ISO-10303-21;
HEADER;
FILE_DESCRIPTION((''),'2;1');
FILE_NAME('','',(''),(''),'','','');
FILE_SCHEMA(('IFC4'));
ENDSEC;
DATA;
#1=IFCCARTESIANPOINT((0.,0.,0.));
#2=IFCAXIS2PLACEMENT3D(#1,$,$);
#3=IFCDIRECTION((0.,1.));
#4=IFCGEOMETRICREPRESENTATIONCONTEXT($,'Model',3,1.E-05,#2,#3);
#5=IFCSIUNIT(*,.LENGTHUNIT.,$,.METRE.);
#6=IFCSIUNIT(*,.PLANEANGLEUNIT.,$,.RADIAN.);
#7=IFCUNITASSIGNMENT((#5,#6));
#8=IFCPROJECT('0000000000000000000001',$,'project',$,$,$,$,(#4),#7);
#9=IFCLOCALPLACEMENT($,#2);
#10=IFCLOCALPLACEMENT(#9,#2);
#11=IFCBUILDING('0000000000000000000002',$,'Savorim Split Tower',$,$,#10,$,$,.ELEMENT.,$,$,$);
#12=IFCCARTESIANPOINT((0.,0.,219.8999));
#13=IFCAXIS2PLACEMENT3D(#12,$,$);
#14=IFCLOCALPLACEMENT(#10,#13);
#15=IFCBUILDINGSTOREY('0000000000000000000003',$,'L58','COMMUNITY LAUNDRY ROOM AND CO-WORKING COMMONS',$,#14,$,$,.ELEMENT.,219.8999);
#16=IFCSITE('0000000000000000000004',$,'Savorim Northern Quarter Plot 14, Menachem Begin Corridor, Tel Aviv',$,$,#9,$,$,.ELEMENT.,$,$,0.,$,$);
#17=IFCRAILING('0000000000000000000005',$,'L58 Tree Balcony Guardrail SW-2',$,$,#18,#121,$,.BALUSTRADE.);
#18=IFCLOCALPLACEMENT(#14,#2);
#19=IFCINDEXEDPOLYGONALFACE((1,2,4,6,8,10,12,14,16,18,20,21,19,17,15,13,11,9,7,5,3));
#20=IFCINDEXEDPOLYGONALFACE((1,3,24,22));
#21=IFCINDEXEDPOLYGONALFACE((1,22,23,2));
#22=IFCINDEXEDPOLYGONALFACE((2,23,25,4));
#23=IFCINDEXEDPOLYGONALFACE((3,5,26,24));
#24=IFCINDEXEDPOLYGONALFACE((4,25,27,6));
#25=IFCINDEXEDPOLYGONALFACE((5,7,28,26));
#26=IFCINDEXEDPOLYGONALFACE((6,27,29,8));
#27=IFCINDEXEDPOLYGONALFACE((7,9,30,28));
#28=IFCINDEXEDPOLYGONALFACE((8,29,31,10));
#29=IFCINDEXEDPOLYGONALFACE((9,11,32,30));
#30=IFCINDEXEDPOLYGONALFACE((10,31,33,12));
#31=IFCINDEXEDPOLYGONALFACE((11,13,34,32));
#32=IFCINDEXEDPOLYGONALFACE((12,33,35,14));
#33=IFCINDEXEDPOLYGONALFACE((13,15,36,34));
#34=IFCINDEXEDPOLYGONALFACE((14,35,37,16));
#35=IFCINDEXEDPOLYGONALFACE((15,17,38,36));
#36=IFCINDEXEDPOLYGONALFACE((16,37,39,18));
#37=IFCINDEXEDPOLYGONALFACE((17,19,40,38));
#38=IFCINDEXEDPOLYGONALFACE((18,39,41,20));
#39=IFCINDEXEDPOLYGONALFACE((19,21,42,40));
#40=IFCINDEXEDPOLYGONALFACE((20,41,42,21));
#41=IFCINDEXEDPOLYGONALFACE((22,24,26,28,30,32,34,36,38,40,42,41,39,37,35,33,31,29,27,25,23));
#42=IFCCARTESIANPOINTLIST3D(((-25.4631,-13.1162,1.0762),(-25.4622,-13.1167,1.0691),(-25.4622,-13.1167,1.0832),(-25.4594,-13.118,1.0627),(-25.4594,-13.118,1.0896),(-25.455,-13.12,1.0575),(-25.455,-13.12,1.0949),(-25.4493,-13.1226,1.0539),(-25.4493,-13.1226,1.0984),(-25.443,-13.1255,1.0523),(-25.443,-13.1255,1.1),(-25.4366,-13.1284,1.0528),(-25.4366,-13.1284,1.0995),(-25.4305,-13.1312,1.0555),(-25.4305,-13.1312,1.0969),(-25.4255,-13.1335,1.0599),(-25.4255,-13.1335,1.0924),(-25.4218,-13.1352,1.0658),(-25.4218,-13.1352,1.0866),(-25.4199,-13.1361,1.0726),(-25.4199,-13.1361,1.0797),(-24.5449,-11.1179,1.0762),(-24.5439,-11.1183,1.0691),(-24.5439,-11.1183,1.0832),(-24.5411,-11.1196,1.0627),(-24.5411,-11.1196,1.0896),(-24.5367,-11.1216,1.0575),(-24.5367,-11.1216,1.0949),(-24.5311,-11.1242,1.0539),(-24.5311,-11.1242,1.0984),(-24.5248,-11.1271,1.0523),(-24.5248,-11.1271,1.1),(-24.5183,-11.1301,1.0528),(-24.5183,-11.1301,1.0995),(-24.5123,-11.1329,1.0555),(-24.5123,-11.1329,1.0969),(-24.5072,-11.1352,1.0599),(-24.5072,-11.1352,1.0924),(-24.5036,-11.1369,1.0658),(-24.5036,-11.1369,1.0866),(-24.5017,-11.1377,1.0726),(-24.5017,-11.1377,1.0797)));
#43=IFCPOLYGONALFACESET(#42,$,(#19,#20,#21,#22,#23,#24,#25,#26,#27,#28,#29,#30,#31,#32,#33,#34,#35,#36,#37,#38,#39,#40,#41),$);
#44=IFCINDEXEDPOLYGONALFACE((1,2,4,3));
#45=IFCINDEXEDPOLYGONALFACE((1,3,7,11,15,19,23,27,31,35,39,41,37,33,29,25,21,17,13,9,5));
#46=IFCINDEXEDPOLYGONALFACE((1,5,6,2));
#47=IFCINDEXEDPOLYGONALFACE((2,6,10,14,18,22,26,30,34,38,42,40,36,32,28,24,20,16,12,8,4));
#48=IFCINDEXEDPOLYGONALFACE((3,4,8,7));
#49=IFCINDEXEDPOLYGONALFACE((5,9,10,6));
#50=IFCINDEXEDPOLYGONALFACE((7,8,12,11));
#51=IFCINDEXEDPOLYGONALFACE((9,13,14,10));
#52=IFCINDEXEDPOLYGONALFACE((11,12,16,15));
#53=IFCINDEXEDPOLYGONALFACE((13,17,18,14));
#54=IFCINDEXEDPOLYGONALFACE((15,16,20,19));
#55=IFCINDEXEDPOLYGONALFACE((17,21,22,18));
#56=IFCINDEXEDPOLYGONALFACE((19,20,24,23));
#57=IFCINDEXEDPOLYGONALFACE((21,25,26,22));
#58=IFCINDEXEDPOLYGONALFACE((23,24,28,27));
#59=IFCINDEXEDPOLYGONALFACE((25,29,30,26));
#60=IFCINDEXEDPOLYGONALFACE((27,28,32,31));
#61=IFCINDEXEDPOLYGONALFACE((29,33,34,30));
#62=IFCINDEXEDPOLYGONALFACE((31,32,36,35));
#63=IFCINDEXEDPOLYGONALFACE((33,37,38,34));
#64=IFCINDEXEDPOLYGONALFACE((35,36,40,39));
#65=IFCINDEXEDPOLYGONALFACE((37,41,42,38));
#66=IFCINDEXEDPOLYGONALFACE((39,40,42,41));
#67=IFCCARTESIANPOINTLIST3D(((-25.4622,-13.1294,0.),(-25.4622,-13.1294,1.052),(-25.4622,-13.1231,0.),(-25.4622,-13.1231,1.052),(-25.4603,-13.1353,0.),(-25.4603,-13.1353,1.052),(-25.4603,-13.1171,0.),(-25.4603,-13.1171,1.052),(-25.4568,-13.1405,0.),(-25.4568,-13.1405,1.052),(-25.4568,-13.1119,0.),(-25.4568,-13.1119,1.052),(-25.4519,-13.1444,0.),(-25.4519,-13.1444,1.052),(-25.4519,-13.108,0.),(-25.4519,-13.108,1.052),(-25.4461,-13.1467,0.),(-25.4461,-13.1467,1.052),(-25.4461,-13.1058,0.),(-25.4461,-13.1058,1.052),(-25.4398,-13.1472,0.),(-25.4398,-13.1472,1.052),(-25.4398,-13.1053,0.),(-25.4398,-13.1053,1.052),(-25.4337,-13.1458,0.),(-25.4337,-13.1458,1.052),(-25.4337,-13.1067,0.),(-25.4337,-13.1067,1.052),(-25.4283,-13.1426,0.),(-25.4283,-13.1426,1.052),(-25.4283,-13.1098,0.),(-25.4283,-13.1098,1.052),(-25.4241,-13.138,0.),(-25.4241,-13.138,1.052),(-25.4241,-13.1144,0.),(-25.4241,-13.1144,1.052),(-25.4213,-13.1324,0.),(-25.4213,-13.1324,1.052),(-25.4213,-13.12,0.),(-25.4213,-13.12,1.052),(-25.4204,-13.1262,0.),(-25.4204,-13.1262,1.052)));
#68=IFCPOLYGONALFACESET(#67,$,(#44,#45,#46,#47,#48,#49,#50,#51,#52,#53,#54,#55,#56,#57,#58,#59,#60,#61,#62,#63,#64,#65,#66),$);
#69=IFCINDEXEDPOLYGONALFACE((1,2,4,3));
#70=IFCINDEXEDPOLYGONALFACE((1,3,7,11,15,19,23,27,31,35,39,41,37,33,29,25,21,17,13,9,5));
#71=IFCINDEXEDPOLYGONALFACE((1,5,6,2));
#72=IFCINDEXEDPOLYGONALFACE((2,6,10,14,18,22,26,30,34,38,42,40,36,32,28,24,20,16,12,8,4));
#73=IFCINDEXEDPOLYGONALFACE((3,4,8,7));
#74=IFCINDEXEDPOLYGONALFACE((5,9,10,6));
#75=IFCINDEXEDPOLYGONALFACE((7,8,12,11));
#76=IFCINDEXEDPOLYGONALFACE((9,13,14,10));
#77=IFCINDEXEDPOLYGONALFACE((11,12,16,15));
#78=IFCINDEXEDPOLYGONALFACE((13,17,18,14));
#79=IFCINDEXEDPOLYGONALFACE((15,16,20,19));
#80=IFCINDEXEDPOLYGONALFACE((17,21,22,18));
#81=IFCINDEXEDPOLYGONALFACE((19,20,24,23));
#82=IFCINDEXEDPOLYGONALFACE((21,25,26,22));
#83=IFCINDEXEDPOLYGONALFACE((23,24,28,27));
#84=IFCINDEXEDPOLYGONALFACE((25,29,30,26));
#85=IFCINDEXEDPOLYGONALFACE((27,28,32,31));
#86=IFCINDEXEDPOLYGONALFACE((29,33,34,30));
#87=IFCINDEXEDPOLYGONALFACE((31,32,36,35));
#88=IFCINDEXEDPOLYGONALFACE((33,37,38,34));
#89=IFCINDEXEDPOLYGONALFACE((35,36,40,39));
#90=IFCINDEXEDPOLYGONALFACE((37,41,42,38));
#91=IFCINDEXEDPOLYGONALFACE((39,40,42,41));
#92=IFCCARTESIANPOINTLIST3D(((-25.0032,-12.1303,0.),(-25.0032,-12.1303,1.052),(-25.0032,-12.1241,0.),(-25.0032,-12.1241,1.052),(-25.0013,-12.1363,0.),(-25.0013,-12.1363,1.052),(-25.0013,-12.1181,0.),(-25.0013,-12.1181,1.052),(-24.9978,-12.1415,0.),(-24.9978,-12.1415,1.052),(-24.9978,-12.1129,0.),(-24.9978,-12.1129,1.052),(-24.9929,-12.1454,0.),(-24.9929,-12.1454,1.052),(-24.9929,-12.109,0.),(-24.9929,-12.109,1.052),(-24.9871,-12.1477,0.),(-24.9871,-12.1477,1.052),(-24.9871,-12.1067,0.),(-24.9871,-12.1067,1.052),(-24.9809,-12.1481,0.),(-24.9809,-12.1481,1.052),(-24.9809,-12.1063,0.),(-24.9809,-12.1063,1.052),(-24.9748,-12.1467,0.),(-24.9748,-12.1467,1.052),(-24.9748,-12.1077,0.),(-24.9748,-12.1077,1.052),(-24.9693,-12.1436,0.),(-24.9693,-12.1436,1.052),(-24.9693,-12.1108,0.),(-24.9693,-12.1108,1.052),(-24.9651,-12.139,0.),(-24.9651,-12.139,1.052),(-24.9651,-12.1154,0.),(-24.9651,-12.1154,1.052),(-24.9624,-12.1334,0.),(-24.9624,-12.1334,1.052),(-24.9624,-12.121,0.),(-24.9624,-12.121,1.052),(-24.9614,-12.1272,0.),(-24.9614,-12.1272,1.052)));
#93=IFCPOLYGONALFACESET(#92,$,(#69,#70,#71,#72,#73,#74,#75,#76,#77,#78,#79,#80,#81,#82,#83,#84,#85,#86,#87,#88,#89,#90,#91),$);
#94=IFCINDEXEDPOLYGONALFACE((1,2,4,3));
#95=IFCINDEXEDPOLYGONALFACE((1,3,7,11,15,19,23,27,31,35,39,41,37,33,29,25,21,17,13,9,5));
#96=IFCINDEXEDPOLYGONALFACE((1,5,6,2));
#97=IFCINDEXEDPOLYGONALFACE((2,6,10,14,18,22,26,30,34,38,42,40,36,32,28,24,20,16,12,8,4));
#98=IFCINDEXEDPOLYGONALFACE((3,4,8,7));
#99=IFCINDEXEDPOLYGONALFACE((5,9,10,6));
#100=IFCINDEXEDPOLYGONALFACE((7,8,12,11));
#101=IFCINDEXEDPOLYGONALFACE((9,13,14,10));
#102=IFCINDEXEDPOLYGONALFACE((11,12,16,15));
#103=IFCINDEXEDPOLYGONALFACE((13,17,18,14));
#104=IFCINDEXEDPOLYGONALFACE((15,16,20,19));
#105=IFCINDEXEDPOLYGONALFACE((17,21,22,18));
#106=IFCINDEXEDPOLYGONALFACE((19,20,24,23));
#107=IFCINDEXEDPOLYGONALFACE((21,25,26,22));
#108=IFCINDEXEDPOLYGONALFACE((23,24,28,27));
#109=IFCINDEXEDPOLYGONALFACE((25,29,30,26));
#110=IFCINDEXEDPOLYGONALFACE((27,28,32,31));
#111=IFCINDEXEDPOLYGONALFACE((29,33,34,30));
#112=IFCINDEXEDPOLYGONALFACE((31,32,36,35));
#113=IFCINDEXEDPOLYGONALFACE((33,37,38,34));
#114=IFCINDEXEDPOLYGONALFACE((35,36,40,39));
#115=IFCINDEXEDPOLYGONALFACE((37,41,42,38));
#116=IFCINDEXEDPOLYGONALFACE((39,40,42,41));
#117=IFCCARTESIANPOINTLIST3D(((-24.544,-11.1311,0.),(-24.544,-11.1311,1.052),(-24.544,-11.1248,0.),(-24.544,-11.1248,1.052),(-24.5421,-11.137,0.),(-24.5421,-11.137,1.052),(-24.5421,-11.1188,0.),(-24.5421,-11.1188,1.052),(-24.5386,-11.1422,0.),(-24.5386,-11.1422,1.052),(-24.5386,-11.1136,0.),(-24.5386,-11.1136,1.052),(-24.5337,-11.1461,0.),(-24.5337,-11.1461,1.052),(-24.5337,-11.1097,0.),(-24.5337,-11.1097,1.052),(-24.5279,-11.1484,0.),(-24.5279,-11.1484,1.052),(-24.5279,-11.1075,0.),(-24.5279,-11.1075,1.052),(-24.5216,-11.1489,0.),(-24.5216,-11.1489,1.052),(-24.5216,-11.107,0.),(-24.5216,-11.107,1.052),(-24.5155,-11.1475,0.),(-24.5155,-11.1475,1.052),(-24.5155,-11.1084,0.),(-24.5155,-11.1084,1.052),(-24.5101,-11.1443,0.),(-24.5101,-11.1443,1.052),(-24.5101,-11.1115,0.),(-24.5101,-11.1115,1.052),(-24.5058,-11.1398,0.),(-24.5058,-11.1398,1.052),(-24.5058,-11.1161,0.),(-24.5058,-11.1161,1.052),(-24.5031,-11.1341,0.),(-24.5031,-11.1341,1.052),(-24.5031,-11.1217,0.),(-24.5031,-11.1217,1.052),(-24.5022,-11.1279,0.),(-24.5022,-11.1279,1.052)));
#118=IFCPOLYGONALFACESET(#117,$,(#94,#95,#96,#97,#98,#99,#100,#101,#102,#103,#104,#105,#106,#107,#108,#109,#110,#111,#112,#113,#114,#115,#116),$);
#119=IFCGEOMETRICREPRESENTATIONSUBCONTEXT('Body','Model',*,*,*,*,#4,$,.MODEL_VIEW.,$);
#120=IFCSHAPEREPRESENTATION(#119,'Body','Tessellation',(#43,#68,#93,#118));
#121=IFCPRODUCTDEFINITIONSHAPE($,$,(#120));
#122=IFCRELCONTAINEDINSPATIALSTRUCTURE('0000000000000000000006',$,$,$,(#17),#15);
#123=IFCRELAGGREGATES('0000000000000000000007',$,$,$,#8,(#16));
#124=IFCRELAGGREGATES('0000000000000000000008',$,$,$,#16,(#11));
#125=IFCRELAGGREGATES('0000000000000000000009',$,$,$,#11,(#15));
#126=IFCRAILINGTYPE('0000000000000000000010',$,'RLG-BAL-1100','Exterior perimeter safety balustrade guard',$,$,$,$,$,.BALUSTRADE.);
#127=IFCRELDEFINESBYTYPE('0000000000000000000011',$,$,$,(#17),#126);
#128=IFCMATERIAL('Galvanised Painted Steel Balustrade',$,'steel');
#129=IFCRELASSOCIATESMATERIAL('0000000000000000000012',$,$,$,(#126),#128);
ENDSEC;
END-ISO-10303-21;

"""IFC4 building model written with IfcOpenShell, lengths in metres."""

from ifc_helpers import new_model, si_unit, direction, frame, origin, origin_2d, place, context, subcontext, project, spatial, circle, extrude, material, type_object, element, save


model = new_model("IFC4")

# Units and contexts
model_context = context("Model", 3, precision=1e-05, world=origin(), true_north=direction((0.0, 1.0)))
body_context = subcontext(model_context, "Body", "Model", "MODEL_VIEW")
ifc_project = project(units=[si_unit("LENGTHUNIT", "METRE"), si_unit("PLANEANGLEUNIT", "RADIAN")], contexts=[model_context])

# Site, building, storey
site_placement = place(None, origin())
site = spatial("IfcSite", under=ifc_project, at=site_placement, Name="Savorim Northern Quarter Plot 14, Menachem Begin Corridor, Tel Aviv", CompositionType="ELEMENT", RefElevation=0.0)
building_placement = place(site_placement, origin())
building = spatial("IfcBuilding", under=site, at=building_placement, Name="Savorim Split Tower", CompositionType="ELEMENT")
storey_placement = place(building_placement, frame((0.0, 0.0, 219.8999)))
storey = spatial("IfcBuildingStorey", under=building, at=storey_placement, Name="L58", Description="COMMUNITY LAUNDRY ROOM AND CO-WORKING COMMONS", CompositionType="ELEMENT", Elevation=219.8999)

# Railing
ifc_material_1 = material(Name="Galvanised Painted Steel Balustrade", Category="steel")
railing_type = type_object("IfcRailingType", Name="RLG-BAL-1100", Description="Exterior perimeter safety balustrade guard", PredefinedType="BALUSTRADE", material=ifc_material_1)
railing_1_placement = place(storey_placement, frame((-25.4414, -13.1262, 0.0)))
element("IfcRailing", 1, at=railing_1_placement, inside=storey, type_object=railing_type, Name="L58 Tree Balcony Guardrail SW-2", PredefinedType="BALUSTRADE", context=body_context, shape_type="SweptSolid", body=[
    extrude(circle(Radius=0.0239, at=origin_2d()), frame((0.0, 0.0, 1.0762), z_axis=(0.41753, 0.908663, 0.0), x_axis=(-0.908663, 0.41753, 0.0)), (0.0, 0.0, 1.0), 2.1992),
    extrude(circle(Radius=0.021, at=origin_2d()), origin(), (0.0, 0.0, 1.0), 1.052),
    extrude(circle(Radius=0.021, at=origin_2d()), frame((0.459, 0.999, 0.0)), (0.0, 0.0, 1.0), 1.052),
    extrude(circle(Radius=0.021, at=origin_2d()), frame((0.9182, 1.9983, 0.0)), (0.0, 0.0, 1.0), 1.052),
])

save(model, "model.ifc")
